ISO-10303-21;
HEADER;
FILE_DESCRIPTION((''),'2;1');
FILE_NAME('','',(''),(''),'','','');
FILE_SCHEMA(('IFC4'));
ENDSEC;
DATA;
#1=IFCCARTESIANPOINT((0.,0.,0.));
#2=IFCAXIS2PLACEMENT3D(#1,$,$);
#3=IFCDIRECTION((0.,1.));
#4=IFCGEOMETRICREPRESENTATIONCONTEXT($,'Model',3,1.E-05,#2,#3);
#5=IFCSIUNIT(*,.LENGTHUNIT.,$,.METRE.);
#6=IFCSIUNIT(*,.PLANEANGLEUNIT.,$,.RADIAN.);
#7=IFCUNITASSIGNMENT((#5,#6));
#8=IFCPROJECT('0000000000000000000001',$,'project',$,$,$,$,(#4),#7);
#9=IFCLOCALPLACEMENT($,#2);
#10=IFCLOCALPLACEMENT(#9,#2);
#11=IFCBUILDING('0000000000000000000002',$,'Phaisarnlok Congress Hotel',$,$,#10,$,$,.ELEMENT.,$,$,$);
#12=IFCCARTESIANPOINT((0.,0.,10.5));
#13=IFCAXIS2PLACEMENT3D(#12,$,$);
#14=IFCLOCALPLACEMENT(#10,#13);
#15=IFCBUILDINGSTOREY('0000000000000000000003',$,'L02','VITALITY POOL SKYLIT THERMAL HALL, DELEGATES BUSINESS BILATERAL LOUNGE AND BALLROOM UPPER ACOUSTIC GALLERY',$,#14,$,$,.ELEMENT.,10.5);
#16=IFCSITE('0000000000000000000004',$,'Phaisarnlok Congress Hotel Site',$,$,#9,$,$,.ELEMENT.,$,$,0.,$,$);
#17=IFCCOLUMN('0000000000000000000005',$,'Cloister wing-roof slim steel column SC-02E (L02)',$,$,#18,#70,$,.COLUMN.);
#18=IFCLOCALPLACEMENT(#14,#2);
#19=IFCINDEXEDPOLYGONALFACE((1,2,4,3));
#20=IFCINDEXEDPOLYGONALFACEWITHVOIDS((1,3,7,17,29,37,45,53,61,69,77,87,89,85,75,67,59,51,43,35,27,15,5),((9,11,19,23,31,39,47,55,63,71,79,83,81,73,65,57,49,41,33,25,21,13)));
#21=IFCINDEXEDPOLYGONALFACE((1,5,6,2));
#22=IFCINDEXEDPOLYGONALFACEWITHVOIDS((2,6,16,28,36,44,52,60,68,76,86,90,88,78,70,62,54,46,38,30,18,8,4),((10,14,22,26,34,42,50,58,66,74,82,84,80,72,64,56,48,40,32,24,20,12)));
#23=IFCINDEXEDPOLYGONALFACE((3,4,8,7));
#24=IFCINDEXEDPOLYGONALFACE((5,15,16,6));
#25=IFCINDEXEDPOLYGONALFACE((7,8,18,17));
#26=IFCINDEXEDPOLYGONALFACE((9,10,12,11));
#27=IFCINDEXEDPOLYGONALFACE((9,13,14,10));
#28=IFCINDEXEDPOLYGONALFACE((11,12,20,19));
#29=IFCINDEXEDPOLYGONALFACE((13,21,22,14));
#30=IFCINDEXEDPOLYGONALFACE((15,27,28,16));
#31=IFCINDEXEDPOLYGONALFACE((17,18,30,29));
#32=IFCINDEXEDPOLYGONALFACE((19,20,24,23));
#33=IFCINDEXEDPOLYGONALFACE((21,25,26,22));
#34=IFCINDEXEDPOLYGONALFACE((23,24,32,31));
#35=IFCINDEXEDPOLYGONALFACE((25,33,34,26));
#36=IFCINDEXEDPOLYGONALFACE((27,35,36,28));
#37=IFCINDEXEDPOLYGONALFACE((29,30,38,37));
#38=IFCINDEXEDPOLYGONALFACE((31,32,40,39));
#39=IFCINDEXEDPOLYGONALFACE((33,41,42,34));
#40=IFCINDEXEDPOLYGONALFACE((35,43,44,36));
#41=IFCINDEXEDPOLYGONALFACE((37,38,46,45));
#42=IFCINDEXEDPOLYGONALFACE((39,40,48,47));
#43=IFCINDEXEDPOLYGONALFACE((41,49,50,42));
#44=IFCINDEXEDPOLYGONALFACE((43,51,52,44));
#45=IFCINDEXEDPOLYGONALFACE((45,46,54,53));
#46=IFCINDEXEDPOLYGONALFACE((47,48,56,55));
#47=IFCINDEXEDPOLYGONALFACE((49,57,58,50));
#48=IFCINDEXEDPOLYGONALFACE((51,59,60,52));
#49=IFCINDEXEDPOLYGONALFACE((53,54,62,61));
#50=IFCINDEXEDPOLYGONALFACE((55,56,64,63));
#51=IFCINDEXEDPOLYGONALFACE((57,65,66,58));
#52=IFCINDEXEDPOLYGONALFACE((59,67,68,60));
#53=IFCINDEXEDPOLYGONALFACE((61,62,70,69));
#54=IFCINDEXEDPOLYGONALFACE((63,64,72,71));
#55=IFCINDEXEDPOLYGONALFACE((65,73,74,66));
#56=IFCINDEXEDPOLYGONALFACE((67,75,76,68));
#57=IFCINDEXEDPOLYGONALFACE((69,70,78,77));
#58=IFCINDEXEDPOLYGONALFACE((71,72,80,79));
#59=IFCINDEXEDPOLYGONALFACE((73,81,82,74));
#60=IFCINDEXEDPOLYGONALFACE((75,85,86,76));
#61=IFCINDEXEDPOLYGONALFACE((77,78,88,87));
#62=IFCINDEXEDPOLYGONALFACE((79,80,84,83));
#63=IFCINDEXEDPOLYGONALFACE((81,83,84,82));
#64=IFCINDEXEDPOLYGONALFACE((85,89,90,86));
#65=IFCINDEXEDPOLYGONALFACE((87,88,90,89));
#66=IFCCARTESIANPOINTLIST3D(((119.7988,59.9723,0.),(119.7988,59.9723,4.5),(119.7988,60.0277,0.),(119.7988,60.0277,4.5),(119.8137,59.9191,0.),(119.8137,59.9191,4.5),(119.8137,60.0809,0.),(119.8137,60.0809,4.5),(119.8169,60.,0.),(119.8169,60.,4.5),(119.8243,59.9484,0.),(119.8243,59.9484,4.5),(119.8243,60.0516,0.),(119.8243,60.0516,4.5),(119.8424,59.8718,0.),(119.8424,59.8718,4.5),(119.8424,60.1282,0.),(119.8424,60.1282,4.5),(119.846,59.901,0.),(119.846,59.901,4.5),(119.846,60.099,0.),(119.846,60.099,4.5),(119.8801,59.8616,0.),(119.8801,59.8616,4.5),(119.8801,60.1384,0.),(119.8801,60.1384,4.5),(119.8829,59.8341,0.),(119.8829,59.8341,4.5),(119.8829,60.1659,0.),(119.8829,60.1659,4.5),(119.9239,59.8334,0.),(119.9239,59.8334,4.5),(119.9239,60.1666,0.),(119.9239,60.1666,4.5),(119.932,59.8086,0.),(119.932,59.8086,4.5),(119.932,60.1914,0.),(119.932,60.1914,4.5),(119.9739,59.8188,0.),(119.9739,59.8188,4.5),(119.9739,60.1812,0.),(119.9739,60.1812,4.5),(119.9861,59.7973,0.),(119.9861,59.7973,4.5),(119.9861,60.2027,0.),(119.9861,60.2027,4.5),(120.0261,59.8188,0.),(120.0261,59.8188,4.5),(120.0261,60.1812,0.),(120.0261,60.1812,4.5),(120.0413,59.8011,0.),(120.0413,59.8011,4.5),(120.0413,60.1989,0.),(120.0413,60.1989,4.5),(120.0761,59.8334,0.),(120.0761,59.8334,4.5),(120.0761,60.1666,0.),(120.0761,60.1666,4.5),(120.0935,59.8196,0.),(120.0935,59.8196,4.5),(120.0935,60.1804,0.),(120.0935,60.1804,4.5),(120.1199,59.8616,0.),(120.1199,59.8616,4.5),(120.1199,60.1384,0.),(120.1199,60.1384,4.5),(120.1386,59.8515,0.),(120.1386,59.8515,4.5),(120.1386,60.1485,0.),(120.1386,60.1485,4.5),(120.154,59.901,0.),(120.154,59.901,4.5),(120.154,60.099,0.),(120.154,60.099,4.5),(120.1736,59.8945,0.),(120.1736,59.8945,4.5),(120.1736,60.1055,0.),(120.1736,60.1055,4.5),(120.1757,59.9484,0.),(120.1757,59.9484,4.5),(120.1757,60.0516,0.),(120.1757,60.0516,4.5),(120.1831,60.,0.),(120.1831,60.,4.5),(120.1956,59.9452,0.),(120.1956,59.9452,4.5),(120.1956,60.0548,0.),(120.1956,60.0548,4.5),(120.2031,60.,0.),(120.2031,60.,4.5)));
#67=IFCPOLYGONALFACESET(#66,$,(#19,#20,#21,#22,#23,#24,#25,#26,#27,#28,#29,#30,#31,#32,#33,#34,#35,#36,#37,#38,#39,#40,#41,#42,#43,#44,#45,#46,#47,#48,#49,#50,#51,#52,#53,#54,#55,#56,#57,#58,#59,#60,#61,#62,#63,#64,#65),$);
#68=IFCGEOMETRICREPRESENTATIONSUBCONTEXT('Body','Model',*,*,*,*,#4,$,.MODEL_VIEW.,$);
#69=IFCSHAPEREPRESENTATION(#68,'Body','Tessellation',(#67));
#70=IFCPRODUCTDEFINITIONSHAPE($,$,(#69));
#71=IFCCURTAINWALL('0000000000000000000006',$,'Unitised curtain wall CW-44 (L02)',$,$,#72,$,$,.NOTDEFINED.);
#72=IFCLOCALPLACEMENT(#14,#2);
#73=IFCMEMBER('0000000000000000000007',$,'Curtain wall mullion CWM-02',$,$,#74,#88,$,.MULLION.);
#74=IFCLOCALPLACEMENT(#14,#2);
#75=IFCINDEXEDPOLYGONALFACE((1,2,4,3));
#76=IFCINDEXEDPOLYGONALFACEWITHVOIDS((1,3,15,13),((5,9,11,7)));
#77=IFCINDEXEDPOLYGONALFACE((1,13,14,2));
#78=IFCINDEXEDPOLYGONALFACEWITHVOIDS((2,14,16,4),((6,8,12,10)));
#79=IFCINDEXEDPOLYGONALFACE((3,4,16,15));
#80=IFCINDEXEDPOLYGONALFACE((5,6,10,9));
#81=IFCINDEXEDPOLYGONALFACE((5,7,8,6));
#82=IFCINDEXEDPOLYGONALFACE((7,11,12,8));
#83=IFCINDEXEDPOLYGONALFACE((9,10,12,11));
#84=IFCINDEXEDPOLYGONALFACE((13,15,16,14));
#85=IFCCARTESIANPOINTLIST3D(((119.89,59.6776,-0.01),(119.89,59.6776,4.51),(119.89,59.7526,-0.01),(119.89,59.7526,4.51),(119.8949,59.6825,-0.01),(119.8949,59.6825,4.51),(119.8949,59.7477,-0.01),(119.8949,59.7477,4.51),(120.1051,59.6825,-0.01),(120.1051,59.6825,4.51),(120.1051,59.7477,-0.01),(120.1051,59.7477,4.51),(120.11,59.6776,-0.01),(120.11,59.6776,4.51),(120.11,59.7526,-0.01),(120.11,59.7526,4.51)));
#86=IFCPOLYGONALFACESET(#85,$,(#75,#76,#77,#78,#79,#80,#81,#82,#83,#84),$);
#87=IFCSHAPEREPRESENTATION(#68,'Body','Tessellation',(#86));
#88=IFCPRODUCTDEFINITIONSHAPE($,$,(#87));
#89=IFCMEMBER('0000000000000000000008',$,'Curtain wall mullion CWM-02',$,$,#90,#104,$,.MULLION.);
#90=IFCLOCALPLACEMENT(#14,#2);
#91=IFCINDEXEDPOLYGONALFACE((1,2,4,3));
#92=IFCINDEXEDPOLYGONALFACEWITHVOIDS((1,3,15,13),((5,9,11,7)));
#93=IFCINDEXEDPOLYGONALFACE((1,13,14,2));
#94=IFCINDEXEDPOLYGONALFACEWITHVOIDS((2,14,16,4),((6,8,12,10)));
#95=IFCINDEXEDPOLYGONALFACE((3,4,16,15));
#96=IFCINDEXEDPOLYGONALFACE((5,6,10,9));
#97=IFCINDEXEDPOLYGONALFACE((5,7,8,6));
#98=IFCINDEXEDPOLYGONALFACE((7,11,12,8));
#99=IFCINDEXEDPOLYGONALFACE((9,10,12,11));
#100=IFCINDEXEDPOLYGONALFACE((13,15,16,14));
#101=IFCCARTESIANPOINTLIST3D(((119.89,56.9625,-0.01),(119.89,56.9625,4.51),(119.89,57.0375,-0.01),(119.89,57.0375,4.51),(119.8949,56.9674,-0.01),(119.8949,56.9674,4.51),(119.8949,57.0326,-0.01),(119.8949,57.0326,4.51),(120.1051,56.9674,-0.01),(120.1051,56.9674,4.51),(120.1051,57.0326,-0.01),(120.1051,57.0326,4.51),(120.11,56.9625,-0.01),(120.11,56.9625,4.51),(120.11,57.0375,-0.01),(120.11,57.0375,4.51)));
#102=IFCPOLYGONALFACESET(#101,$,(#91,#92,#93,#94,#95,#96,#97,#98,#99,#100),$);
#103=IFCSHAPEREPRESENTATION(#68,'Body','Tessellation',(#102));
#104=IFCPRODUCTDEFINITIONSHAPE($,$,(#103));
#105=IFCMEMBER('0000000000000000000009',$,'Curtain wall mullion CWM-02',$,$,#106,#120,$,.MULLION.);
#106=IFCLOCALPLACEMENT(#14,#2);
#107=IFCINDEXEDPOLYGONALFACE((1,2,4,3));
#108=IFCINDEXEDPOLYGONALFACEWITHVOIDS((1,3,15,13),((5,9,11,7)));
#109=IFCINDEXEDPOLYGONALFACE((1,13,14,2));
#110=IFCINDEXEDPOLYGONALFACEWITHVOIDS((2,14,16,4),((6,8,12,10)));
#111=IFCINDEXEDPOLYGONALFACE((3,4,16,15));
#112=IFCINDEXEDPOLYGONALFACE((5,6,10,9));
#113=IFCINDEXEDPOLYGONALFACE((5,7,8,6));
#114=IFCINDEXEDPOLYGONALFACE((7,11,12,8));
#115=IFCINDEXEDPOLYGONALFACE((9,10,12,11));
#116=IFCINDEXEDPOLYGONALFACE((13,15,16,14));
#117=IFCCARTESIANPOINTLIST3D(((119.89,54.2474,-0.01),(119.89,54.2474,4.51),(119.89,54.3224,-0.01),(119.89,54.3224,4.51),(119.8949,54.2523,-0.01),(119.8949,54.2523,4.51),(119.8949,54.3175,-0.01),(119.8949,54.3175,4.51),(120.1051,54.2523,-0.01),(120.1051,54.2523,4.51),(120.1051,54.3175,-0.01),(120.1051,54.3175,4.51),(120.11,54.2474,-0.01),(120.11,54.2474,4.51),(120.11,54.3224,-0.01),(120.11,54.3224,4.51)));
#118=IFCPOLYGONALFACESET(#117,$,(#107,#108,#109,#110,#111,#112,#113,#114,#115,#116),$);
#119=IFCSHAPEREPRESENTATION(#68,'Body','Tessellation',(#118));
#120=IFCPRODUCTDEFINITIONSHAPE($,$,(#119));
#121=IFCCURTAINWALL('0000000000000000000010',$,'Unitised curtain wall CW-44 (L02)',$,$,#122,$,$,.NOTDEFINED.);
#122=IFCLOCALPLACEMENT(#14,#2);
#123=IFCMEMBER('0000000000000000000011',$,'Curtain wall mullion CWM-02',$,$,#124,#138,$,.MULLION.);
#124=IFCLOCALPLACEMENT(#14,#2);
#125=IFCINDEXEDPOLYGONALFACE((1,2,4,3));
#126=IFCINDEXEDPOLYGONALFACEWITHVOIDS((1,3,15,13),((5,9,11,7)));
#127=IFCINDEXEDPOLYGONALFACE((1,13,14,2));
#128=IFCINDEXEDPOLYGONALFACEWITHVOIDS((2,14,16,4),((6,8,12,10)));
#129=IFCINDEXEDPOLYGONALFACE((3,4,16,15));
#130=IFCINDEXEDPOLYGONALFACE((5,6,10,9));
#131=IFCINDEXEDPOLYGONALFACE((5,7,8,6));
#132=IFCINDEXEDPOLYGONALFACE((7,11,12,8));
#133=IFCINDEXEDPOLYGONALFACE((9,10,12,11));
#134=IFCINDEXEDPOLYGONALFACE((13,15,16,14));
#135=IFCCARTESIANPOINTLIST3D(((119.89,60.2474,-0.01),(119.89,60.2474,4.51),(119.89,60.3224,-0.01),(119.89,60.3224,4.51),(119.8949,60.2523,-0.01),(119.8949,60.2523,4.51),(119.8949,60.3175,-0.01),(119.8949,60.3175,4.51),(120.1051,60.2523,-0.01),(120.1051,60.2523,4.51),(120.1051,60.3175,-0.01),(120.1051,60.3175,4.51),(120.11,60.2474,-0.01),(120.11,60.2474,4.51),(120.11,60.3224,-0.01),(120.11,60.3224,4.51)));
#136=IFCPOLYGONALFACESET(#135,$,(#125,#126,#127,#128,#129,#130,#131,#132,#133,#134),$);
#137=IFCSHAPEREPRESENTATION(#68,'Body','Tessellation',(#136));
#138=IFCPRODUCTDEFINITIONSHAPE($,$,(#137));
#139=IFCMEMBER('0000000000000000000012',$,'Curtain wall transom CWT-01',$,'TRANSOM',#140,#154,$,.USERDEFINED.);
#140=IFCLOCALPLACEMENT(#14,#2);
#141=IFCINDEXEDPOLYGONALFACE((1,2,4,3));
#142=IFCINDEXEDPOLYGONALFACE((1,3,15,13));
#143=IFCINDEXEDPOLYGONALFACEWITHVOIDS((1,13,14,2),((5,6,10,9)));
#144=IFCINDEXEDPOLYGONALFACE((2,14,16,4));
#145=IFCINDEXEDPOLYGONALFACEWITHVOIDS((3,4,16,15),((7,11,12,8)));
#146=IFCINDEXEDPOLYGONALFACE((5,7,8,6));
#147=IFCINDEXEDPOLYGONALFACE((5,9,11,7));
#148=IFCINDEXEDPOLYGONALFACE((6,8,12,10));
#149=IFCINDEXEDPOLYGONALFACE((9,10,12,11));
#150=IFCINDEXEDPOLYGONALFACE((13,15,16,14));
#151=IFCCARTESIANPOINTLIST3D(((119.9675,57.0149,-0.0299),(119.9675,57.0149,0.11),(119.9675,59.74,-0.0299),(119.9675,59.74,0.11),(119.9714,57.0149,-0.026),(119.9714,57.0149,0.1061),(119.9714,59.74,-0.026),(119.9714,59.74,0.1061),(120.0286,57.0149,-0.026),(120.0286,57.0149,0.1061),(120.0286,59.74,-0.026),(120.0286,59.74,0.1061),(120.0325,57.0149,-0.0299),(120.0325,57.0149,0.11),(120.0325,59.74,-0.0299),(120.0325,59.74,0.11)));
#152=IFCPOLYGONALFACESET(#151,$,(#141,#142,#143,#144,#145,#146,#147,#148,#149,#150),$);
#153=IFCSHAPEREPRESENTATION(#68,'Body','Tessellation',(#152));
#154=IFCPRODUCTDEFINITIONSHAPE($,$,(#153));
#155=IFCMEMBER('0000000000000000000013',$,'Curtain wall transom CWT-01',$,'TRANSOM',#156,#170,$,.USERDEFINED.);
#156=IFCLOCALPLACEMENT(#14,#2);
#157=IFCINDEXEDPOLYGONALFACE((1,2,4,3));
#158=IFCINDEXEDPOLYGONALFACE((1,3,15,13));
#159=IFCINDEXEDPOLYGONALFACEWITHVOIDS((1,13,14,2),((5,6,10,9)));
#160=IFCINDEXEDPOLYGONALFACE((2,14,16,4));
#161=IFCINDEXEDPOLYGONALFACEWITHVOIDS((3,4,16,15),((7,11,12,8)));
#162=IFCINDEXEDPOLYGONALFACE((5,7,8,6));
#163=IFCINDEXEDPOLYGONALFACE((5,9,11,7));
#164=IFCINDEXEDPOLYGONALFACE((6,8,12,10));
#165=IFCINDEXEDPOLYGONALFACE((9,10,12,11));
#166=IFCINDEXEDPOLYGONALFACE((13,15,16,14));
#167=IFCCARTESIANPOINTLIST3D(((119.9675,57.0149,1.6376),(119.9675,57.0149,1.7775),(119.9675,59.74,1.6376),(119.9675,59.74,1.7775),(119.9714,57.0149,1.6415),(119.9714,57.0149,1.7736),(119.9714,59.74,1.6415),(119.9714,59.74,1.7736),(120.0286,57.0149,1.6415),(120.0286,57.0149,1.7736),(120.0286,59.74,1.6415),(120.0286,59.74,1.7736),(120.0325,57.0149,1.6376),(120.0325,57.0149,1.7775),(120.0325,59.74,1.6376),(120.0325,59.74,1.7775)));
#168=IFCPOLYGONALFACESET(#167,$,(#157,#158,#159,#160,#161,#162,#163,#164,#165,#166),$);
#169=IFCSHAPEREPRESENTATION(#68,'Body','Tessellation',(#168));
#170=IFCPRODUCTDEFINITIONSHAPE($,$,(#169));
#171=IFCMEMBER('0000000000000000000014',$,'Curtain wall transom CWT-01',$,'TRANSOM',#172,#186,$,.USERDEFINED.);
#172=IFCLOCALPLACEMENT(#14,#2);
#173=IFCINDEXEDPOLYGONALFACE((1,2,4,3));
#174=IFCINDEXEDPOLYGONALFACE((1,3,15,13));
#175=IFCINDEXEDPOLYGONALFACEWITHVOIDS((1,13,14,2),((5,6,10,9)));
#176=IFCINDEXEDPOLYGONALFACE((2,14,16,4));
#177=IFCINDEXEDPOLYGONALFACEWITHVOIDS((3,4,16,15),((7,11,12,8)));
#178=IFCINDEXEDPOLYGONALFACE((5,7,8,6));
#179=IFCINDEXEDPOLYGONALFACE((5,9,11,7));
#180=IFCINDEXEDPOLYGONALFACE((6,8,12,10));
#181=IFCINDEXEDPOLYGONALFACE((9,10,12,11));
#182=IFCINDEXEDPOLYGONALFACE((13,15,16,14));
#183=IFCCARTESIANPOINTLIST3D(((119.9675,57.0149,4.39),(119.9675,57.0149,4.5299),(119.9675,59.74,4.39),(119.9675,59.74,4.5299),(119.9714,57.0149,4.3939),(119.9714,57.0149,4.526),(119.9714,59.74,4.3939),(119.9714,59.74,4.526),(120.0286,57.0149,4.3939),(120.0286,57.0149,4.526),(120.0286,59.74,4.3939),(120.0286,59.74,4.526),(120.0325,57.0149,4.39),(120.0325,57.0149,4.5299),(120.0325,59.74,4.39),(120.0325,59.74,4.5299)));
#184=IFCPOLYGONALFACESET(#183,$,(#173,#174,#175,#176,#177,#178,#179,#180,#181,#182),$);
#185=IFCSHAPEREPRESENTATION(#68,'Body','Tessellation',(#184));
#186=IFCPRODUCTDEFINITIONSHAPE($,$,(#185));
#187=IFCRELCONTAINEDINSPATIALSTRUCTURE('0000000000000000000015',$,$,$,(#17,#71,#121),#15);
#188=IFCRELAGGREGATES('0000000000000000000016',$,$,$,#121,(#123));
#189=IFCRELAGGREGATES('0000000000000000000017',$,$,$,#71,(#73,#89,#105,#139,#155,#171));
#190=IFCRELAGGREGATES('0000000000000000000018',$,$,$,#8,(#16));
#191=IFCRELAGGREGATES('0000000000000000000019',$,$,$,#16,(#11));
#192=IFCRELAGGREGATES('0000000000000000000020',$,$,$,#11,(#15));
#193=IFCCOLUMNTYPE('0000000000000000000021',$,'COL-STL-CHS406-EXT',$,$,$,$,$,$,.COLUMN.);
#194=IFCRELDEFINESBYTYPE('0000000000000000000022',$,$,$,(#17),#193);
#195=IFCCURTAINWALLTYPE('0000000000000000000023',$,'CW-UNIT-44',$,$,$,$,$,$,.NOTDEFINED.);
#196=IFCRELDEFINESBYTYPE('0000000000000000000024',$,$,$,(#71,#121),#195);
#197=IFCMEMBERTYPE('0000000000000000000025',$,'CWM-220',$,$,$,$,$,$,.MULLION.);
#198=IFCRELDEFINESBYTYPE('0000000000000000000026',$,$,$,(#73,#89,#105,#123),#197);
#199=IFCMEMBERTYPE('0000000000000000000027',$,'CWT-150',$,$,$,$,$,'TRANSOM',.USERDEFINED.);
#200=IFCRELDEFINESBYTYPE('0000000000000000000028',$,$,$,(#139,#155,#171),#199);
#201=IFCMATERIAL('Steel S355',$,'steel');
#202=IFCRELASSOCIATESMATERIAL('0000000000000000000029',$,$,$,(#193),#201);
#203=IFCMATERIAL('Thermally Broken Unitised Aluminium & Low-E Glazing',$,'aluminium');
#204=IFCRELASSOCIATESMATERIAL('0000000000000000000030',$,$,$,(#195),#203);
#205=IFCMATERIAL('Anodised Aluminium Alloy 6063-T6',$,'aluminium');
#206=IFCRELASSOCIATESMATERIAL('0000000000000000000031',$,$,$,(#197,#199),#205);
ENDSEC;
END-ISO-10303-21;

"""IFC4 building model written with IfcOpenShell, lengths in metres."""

from ifc_helpers import new_model, si_unit, direction, frame, origin, origin_2d, place, context, subcontext, project, spatial, hollow_rectangle, hollow_circle, extrude, material, material_profile, profile_set, type_object, element, aggregate, save


model = new_model("IFC4")

# Units and contexts
model_context = context("Model", 3, precision=1e-05, world=origin(), true_north=direction((0.0, 1.0)))
body_context = subcontext(model_context, "Body", "Model", "MODEL_VIEW")
ifc_project = project(units=[si_unit("LENGTHUNIT", "METRE"), si_unit("PLANEANGLEUNIT", "RADIAN")], contexts=[model_context])

# Site, building, storey
site_placement = place(None, origin())
site = spatial("IfcSite", under=ifc_project, at=site_placement, Name="Phaisarnlok Congress Hotel Site", CompositionType="ELEMENT", RefElevation=0.0)
building_placement = place(site_placement, origin())
building = spatial("IfcBuilding", under=site, at=building_placement, Name="Phaisarnlok Congress Hotel", CompositionType="ELEMENT")
storey_placement = place(building_placement, frame((0.0, 0.0, 10.5)))
storey = spatial("IfcBuildingStorey", under=building, at=storey_placement, Name="L02", Description="VITALITY POOL SKYLIT THERMAL HALL, DELEGATES BUSINESS BILATERAL LOUNGE AND BALLROOM UPPER ACOUSTIC GALLERY", CompositionType="ELEMENT", Elevation=10.5)

# Column
ifc_material_1 = material(Name="Steel S355", Category="steel")
ifc_material_profile_1 = material_profile(ifc_material_1, hollow_circle(Radius=0.2031, WallThickness=0.02, at=origin_2d()), Name="CHS 406.4x20")
ifc_profile_set_1 = profile_set([ifc_material_profile_1], Name="Steel S355")
column_type = type_object("IfcColumnType", Name="COL-STL-CHS406-EXT", PredefinedType="COLUMN", material=ifc_profile_set_1)
column_placement = place(storey_placement, frame((120.0, 60.0, 0.0), z_axis=(0.0, 0.0, 1.0), x_axis=(1.0, 0.0, 0.0)))
element("IfcColumn", 1, at=column_placement, inside=storey, type_object=column_type, Name="Cloister wing-roof slim steel column SC-02E (L02)", PredefinedType="COLUMN", context=body_context, shape_type="SweptSolid", body=[
    extrude(hollow_circle(Radius=0.2031, WallThickness=0.02, at=origin_2d()), origin(), (0.0, 0.0, 1.0), 4.5),
])

# Curtain wall, members
ifc_material_2 = material(Name="Thermally Broken Unitised Aluminium & Low-E Glazing", Category="aluminium")
curtain_wall_type = type_object("IfcCurtainWallType", Name="CW-UNIT-44", PredefinedType="NOTDEFINED", material=ifc_material_2)
curtain_wall_1_placement = place(storey_placement, origin())
curtain_wall_1 = element("IfcCurtainWall", 2, at=curtain_wall_1_placement, inside=storey, type_object=curtain_wall_type, Name="Unitised curtain wall CW-44 (L02)", PredefinedType="NOTDEFINED")
ifc_material_3 = material(Name="Anodised Aluminium Alloy 6063-T6", Category="aluminium")
ifc_material_profile_2 = material_profile(ifc_material_3, hollow_rectangle(XDim=0.075, YDim=0.22, WallThickness=0.0049, at=origin_2d()), Name="ALU-M 75x220x5")
ifc_profile_set_2 = profile_set([ifc_material_profile_2], Name="Anodised Aluminium Alloy 6063-T6")
member_type_1 = type_object("IfcMemberType", Name="CWM-220", PredefinedType="MULLION", material=ifc_profile_set_2)
member_1_placement = place(storey_placement, frame((120.0, 59.7151, -0.01), z_axis=(0.0, 0.0, 1.0), x_axis=(0.0, -1.0, 0.0)))
member_1 = element("IfcMember", 3, at=member_1_placement, type_object=member_type_1, Name="Curtain wall mullion CWM-02", PredefinedType="MULLION", context=body_context, shape_type="SweptSolid", body=[
    extrude(hollow_rectangle(XDim=0.075, YDim=0.22, WallThickness=0.0049, at=origin_2d()), origin(), (0.0, 0.0, 1.0), 4.52),
])
member_2_placement = place(storey_placement, frame((120.0, 57.0, -0.01), z_axis=(0.0, 0.0, 1.0), x_axis=(0.0, -1.0, 0.0)))
member_2 = element("IfcMember", 4, at=member_2_placement, type_object=member_type_1, Name="Curtain wall mullion CWM-02", PredefinedType="MULLION", context=body_context, shape_type="SweptSolid", body=[
    extrude(hollow_rectangle(XDim=0.075, YDim=0.22, WallThickness=0.0049, at=origin_2d()), origin(), (0.0, 0.0, 1.0), 4.52),
])
member_3_placement = place(storey_placement, frame((120.0, 54.2849, -0.01), z_axis=(0.0, 0.0, 1.0), x_axis=(0.0, -1.0, 0.0)))
member_3 = element("IfcMember", 5, at=member_3_placement, type_object=member_type_1, Name="Curtain wall mullion CWM-02", PredefinedType="MULLION", context=body_context, shape_type="SweptSolid", body=[
    extrude(hollow_rectangle(XDim=0.075, YDim=0.22, WallThickness=0.0049, at=origin_2d()), origin(), (0.0, 0.0, 1.0), 4.52),
])

# Curtain wall, member
curtain_wall_2_placement = place(storey_placement, origin())
curtain_wall_2 = element("IfcCurtainWall", 6, at=curtain_wall_2_placement, inside=storey, type_object=curtain_wall_type, Name="Unitised curtain wall CW-44 (L02)", PredefinedType="NOTDEFINED")
member_4_placement = place(storey_placement, frame((120.0, 60.2849, -0.01), z_axis=(0.0, 0.0, 1.0), x_axis=(0.0, -1.0, 0.0)))
member_4 = element("IfcMember", 7, at=member_4_placement, type_object=member_type_1, Name="Curtain wall mullion CWM-02", PredefinedType="MULLION", context=body_context, shape_type="SweptSolid", body=[
    extrude(hollow_rectangle(XDim=0.075, YDim=0.22, WallThickness=0.0049, at=origin_2d()), origin(), (0.0, 0.0, 1.0), 4.52),
])

# Members
ifc_material_profile_3 = material_profile(ifc_material_3, hollow_rectangle(XDim=0.0649, YDim=0.1399, WallThickness=0.0039, at=origin_2d()), Name="ALU-T 65x140x4")
ifc_profile_set_3 = profile_set([ifc_material_profile_3], Name="Anodised Aluminium Alloy 6063-T6")
member_type_2 = type_object("IfcMemberType", Name="CWT-150", ElementType="TRANSOM", PredefinedType="USERDEFINED", material=ifc_profile_set_3)
member_5_placement = place(storey_placement, frame((120.0, 59.74, 0.04), z_axis=(0.0, -1.0, 0.0), x_axis=(1.0, 0.0, 0.0)))
member_5 = element("IfcMember", 8, at=member_5_placement, type_object=member_type_2, Name="Curtain wall transom CWT-01", ObjectType="TRANSOM", PredefinedType="USERDEFINED", context=body_context, shape_type="SweptSolid", body=[
    extrude(hollow_rectangle(XDim=0.0649, YDim=0.1399, WallThickness=0.0039, at=origin_2d()), origin(), (0.0, 0.0, 1.0), 2.7251),
])
member_6_placement = place(storey_placement, frame((120.0, 59.74, 1.7075), z_axis=(0.0, -1.0, 0.0), x_axis=(1.0, 0.0, 0.0)))
member_6 = element("IfcMember", 9, at=member_6_placement, type_object=member_type_2, Name="Curtain wall transom CWT-01", ObjectType="TRANSOM", PredefinedType="USERDEFINED", context=body_context, shape_type="SweptSolid", body=[
    extrude(hollow_rectangle(XDim=0.0649, YDim=0.1399, WallThickness=0.0039, at=origin_2d()), origin(), (0.0, 0.0, 1.0), 2.7251),
])
member_7_placement = place(storey_placement, frame((120.0, 59.74, 4.46), z_axis=(0.0, -1.0, 0.0), x_axis=(1.0, 0.0, 0.0)))
member_7 = element("IfcMember", 10, at=member_7_placement, type_object=member_type_2, Name="Curtain wall transom CWT-01", ObjectType="TRANSOM", PredefinedType="USERDEFINED", context=body_context, shape_type="SweptSolid", body=[
    extrude(hollow_rectangle(XDim=0.0649, YDim=0.1399, WallThickness=0.0039, at=origin_2d()), origin(), (0.0, 0.0, 1.0), 2.7251),
])
aggregate(curtain_wall_2, [member_4])

aggregate(curtain_wall_1, [member_1, member_2, member_3, member_5, member_6, member_7])

save(model, "model.ifc")
